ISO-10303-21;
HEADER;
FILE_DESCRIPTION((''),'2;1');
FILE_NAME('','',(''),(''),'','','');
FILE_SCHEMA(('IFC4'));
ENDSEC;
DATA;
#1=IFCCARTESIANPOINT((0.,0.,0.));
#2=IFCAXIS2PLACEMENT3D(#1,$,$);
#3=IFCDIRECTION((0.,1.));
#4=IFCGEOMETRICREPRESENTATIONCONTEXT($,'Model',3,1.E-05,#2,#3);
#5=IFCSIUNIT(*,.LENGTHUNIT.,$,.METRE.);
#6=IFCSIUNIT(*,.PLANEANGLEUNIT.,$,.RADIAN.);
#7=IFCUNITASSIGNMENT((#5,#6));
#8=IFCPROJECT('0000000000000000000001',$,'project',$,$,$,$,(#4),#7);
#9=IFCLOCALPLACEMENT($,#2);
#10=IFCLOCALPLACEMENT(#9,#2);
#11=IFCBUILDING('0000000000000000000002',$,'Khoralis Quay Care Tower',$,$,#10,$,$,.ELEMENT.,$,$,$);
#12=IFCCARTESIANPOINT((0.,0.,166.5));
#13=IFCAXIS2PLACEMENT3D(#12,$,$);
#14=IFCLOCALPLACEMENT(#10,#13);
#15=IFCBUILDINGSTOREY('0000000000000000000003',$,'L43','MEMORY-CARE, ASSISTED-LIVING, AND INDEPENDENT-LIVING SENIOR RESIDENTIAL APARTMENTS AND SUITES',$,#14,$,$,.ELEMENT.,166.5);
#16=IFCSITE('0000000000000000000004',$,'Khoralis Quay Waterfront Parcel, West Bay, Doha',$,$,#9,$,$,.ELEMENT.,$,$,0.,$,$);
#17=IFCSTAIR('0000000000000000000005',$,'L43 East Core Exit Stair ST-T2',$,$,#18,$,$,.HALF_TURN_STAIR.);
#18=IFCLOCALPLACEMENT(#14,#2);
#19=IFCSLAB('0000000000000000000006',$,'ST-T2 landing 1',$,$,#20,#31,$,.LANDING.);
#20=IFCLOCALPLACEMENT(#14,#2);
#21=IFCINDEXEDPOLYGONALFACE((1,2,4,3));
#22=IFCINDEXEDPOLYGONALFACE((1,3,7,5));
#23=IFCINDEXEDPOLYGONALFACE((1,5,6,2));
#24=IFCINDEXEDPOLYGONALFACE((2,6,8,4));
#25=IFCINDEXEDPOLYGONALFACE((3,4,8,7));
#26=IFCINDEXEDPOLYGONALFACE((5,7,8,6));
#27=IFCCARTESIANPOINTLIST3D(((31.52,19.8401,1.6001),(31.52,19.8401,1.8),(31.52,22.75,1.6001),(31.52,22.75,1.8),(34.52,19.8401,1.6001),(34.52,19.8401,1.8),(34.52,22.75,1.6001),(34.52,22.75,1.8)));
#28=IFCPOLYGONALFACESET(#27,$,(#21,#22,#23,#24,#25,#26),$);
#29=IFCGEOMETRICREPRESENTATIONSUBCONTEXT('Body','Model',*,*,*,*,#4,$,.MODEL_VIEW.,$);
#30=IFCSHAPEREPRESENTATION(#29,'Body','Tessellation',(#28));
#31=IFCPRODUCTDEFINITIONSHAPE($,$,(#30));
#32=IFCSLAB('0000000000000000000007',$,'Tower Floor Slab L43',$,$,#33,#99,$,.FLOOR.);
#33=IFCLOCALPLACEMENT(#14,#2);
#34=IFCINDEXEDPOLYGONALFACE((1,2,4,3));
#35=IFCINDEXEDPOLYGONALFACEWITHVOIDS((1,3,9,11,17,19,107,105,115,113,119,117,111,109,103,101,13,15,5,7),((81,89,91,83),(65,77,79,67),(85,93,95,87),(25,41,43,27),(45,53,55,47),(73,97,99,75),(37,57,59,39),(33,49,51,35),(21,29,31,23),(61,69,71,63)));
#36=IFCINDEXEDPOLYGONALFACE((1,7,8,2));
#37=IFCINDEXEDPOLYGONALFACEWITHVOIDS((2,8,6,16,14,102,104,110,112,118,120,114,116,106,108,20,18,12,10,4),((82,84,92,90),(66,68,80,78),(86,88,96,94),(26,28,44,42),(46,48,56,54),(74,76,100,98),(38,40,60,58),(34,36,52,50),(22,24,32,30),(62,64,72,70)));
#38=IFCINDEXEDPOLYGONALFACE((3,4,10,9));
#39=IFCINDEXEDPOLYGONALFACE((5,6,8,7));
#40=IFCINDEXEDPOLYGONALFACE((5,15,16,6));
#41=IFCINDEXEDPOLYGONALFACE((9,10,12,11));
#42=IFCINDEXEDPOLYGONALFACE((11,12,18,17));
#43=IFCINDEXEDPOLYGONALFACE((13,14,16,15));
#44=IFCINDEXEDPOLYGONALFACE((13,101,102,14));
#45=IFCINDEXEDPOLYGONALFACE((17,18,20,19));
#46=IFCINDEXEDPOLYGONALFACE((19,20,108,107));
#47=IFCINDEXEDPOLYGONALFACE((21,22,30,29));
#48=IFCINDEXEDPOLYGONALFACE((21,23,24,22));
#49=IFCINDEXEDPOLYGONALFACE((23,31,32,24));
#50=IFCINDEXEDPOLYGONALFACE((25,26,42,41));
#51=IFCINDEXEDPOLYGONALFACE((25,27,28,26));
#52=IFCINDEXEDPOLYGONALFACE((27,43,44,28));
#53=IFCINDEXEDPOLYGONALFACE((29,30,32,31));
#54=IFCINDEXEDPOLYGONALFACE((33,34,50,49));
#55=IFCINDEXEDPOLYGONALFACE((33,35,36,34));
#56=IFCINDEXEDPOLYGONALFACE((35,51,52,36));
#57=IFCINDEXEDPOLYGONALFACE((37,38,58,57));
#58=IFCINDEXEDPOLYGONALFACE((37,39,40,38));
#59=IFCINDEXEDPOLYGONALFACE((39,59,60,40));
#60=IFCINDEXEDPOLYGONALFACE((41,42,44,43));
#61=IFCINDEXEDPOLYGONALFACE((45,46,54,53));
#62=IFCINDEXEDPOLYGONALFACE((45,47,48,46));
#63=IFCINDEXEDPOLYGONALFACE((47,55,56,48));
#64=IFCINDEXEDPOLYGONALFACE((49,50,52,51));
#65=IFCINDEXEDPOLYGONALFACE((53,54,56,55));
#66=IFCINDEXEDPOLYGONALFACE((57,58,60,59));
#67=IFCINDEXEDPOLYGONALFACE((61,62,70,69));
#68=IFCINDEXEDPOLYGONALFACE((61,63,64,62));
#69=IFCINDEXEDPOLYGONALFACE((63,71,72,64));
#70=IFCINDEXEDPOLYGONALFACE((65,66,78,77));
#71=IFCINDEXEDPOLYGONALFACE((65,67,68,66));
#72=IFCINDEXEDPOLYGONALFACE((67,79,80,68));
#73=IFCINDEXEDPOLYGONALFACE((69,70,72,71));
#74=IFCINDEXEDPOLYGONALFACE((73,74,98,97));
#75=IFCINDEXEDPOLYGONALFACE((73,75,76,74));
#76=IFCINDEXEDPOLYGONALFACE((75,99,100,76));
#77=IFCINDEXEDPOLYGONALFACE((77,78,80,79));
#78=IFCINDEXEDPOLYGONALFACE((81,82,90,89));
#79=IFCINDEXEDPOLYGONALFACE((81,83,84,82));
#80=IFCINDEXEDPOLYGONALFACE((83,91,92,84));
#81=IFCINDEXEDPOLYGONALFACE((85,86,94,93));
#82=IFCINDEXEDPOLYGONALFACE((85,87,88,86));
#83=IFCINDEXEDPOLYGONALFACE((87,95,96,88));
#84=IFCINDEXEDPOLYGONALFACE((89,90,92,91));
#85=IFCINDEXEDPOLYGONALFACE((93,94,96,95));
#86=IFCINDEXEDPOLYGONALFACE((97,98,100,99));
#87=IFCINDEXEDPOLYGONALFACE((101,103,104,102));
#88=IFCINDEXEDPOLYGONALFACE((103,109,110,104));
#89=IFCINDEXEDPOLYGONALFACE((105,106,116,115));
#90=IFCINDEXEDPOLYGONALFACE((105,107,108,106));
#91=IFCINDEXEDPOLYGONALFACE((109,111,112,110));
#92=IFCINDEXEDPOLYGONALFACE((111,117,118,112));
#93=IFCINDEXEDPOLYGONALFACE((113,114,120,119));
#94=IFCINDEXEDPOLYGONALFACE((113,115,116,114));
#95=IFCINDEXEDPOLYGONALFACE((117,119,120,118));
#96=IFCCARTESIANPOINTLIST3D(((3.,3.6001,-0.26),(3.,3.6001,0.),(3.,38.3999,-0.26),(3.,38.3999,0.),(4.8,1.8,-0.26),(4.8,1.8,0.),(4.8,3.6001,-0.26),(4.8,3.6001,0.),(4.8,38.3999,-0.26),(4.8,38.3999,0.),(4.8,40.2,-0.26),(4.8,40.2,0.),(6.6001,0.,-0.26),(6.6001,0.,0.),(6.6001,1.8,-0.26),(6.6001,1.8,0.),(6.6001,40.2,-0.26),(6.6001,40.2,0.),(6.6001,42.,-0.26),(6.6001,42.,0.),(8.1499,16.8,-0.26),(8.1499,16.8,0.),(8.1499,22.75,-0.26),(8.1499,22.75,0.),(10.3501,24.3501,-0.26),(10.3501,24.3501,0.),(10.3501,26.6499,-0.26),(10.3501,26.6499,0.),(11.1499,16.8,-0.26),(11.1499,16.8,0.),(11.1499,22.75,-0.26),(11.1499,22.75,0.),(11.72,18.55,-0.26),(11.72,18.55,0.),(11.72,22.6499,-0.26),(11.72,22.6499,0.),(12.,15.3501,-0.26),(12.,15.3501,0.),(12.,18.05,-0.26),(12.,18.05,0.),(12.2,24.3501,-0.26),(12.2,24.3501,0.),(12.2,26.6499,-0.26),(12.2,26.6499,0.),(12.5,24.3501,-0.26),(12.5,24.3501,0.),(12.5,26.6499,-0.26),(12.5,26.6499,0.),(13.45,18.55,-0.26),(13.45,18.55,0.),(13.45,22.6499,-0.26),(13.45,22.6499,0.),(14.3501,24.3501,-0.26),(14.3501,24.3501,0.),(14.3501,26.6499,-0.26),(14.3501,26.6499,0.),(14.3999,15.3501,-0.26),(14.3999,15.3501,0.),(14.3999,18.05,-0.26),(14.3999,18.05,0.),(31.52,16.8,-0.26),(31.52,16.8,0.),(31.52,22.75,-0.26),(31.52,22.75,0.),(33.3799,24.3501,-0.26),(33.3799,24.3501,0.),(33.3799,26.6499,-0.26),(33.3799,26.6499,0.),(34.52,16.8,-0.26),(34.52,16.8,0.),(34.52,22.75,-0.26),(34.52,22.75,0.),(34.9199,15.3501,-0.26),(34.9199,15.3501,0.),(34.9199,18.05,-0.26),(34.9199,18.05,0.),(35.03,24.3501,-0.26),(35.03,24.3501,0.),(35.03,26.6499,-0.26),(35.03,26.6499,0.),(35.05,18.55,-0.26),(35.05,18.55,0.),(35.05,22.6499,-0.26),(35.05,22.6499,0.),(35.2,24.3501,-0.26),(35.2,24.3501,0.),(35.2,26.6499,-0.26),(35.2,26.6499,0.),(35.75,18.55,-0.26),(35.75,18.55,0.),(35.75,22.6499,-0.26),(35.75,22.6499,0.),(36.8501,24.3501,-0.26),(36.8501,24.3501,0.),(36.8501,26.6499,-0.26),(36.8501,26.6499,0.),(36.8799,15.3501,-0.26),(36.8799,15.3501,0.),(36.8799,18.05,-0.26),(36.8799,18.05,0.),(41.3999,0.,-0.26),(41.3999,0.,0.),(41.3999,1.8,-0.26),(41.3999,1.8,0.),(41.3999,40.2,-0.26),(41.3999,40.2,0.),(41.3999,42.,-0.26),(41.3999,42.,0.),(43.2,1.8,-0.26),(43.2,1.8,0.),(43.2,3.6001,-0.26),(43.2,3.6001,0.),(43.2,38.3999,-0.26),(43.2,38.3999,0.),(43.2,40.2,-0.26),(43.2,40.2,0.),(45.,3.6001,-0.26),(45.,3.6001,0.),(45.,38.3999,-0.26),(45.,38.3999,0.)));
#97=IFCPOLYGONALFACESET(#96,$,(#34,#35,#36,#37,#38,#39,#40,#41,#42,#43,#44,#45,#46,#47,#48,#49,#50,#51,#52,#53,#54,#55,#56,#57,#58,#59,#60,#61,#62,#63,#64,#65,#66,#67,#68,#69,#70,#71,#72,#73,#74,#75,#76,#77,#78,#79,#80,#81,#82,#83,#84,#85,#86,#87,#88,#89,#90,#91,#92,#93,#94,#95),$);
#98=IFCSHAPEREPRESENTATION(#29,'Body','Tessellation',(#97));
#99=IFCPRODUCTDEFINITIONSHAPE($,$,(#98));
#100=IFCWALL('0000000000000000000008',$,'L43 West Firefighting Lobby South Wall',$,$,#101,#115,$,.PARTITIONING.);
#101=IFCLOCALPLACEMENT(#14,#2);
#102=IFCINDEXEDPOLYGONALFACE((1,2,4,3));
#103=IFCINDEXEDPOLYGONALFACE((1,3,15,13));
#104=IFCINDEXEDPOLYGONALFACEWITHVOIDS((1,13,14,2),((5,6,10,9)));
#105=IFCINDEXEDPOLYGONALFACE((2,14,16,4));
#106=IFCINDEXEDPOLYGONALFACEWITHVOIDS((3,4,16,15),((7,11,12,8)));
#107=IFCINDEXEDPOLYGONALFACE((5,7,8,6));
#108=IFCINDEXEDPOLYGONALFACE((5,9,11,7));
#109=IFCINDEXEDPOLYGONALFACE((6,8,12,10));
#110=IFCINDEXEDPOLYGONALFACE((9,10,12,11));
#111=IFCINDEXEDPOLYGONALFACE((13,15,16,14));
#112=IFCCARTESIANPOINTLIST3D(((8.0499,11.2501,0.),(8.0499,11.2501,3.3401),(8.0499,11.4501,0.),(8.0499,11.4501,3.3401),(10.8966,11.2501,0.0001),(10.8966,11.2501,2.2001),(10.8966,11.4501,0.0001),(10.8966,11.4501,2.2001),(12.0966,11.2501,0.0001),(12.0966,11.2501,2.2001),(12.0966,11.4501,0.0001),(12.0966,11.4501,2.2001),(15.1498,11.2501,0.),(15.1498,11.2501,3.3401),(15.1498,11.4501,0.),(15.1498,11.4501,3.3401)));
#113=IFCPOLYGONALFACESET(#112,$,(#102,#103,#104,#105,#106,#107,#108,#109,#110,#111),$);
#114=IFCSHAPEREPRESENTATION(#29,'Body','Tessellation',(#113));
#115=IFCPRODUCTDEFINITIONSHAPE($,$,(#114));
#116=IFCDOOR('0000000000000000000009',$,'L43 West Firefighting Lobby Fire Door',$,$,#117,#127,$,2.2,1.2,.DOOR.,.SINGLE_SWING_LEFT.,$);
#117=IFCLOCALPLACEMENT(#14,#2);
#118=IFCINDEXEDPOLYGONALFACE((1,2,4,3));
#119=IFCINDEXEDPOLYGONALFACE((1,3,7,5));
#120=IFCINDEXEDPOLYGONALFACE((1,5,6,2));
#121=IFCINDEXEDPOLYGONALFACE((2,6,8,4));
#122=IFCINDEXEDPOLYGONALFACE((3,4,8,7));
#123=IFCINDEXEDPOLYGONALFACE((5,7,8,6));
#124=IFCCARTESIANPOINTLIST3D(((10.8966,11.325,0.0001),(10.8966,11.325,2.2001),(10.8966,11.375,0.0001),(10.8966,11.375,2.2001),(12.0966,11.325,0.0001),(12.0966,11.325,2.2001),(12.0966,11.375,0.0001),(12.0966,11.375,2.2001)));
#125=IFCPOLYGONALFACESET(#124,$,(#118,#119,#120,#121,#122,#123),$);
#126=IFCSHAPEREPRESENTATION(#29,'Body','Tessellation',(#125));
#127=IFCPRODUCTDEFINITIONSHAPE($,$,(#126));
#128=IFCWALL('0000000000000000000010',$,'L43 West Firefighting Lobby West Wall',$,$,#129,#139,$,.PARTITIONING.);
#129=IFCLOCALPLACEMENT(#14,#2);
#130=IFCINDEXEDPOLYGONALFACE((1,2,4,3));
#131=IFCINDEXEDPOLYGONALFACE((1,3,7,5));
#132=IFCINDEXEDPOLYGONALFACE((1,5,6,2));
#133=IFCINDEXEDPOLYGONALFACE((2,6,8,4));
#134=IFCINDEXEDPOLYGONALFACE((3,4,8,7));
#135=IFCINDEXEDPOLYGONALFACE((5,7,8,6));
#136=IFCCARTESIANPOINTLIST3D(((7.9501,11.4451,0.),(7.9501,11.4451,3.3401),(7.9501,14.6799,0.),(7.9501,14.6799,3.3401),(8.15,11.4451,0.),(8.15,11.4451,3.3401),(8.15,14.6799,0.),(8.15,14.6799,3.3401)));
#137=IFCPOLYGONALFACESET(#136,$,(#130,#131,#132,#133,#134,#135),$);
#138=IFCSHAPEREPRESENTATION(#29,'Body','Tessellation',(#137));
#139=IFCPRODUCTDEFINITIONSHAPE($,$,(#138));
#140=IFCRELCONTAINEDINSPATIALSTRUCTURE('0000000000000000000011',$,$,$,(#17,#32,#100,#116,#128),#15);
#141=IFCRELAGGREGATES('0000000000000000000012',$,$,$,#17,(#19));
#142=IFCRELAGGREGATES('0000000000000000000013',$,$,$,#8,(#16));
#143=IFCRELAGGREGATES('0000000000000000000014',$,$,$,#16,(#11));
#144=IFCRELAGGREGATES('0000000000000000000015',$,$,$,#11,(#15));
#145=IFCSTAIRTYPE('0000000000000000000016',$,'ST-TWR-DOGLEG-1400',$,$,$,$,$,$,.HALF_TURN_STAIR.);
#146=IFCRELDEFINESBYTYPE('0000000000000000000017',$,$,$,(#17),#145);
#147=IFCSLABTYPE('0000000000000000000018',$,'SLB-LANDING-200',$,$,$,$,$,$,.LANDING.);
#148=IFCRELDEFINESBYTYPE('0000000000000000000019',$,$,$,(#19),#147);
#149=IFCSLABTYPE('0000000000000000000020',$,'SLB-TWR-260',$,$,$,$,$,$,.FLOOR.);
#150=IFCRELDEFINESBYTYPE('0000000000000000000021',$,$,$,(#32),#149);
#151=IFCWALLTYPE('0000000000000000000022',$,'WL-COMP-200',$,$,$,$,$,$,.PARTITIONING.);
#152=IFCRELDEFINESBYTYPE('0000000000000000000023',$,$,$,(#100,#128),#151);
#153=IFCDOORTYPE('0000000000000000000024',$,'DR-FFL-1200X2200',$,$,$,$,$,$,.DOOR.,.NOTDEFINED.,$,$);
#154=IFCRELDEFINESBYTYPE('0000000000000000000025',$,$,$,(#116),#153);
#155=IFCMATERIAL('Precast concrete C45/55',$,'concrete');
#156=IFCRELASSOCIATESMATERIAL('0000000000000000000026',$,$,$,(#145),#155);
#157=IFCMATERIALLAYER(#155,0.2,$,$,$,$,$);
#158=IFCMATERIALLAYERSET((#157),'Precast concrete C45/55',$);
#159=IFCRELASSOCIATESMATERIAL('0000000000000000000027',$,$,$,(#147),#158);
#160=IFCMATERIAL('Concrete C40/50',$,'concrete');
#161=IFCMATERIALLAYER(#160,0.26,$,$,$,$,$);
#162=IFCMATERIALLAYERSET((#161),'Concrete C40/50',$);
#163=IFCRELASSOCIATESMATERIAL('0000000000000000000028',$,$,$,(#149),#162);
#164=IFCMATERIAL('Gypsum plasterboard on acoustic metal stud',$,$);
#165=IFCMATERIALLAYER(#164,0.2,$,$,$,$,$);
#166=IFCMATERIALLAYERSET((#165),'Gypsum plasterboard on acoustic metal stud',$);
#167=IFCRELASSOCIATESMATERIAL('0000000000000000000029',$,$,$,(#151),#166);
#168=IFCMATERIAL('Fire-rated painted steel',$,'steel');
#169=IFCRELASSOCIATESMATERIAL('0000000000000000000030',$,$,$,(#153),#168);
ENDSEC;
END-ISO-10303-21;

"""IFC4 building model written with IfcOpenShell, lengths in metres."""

from ifc_helpers import new_model, si_unit, direction, frame, frame_2d, origin, place, context, subcontext, project, spatial, polyline, rectangle, outline, extrude, source, transform, mapped, material, layer, layer_set, type_object, element, fill, aggregate, save


model = new_model("IFC4")

# Units and contexts
model_context = context("Model", 3, precision=1e-05, world=origin(), true_north=direction((0.0, 1.0)))
body_context = subcontext(model_context, "Body", "Model", "MODEL_VIEW")
ifc_project = project(units=[si_unit("LENGTHUNIT", "METRE"), si_unit("PLANEANGLEUNIT", "RADIAN")], contexts=[model_context])

# Site, building, storey
site_placement = place(None, origin())
site = spatial("IfcSite", under=ifc_project, at=site_placement, Name="Khoralis Quay Waterfront Parcel, West Bay, Doha", CompositionType="ELEMENT", RefElevation=0.0)
building_placement = place(site_placement, origin())
building = spatial("IfcBuilding", under=site, at=building_placement, Name="Khoralis Quay Care Tower", CompositionType="ELEMENT")
storey_placement = place(building_placement, frame((0.0, 0.0, 166.5)))
storey = spatial("IfcBuildingStorey", under=building, at=storey_placement, Name="L43", Description="MEMORY-CARE, ASSISTED-LIVING, AND INDEPENDENT-LIVING SENIOR RESIDENTIAL APARTMENTS AND SUITES", CompositionType="ELEMENT", Elevation=166.5)

# Stair, slab
ifc_material_1 = material(Name="Precast concrete C45/55", Category="concrete")
stair_type = type_object("IfcStairType", Name="ST-TWR-DOGLEG-1400", PredefinedType="HALF_TURN_STAIR", material=ifc_material_1)
ifc_layer_1 = layer(ifc_material_1, 0.2)
ifc_layer_set_1 = layer_set([ifc_layer_1], Name="Precast concrete C45/55")
slab_type_1 = type_object("IfcSlabType", Name="SLB-LANDING-200", PredefinedType="LANDING", material=ifc_layer_set_1)
stair_1_placement = place(storey_placement, origin())
stair_1 = element("IfcStair", 1, at=stair_1_placement, inside=storey, type_object=stair_type, Name="L43 East Core Exit Stair ST-T2", PredefinedType="HALF_TURN_STAIR")
slab_1_placement = place(storey_placement, frame((0.0, 0.0, 1.6001)))
slab_1 = element("IfcSlab", 2, at=slab_1_placement, type_object=slab_type_1, Name="ST-T2 landing 1", PredefinedType="LANDING", context=body_context, shape_type="SweptSolid", body=[
    extrude(outline(polyline([(34.52, 19.8401), (34.52, 22.75), (31.52, 22.75), (31.52, 19.8401), (34.52, 19.8401)])), origin(), (0.0, 0.0, 1.0), 0.2),
])
aggregate(stair_1, [slab_1])

# Slab
ifc_material_2 = material(Name="Concrete C40/50", Category="concrete")
ifc_layer_2 = layer(ifc_material_2, 0.26)
ifc_layer_set_2 = layer_set([ifc_layer_2], Name="Concrete C40/50")
slab_type_2 = type_object("IfcSlabType", Name="SLB-TWR-260", PredefinedType="FLOOR", material=ifc_layer_set_2)
slab_2_placement = place(storey_placement, frame((0.0, 0.0, -0.26)))
element("IfcSlab", 3, at=slab_2_placement, inside=storey, type_object=slab_type_2, Name="Tower Floor Slab L43", PredefinedType="FLOOR", context=body_context, shape_type="SweptSolid", body=[
    extrude(outline(polyline([(6.6001, 0.0), (41.3999, 0.0), (41.3999, 1.8), (43.2, 1.8), (43.2, 3.6001), (45.0, 3.6001), (45.0, 38.3999), (43.2, 38.3999), (43.2, 40.2), (41.3999, 40.2), (41.3999, 42.0), (6.6001, 42.0), (6.6001, 40.2), (4.8, 40.2), (4.8, 38.3999), (3.0, 38.3999), (3.0, 3.6001), (4.8, 3.6001), (4.8, 1.8), (6.6001, 1.8), (6.6001, 0.0)]), holes=[polyline([(11.1499, 16.8), (11.1499, 22.75), (8.1499, 22.75), (8.1499, 16.8), (11.1499, 16.8)]), polyline([(34.52, 16.8), (34.52, 22.75), (31.52, 22.75), (31.52, 16.8), (34.52, 16.8)]), polyline([(12.0, 15.3501), (14.3999, 15.3501), (14.3999, 18.05), (12.0, 18.05), (12.0, 15.3501)]), polyline([(34.9199, 15.3501), (36.8799, 15.3501), (36.8799, 18.05), (34.9199, 18.05), (34.9199, 15.3501)]), polyline([(10.3501, 24.3501), (12.2, 24.3501), (12.2, 26.6499), (10.3501, 26.6499), (10.3501, 24.3501)]), polyline([(33.3799, 24.3501), (35.03, 24.3501), (35.03, 26.6499), (33.3799, 26.6499), (33.3799, 24.3501)]), polyline([(12.5, 24.3501), (14.3501, 24.3501), (14.3501, 26.6499), (12.5, 26.6499), (12.5, 24.3501)]), polyline([(35.2, 24.3501), (36.8501, 24.3501), (36.8501, 26.6499), (35.2, 26.6499), (35.2, 24.3501)]), polyline([(11.72, 18.55), (13.45, 18.55), (13.45, 22.6499), (11.72, 22.6499), (11.72, 18.55)]), polyline([(35.05, 18.55), (35.75, 18.55), (35.75, 22.6499), (35.05, 22.6499), (35.05, 18.55)])]), origin(), (0.0, 0.0, 1.0), 0.26),
])

# Wall, opening, door
ifc_material_3 = material(Name="Gypsum plasterboard on acoustic metal stud")
ifc_layer_3 = layer(ifc_material_3, 0.2)
ifc_layer_set_3 = layer_set([ifc_layer_3], Name="Gypsum plasterboard on acoustic metal stud")
wall_type_1 = type_object("IfcWallType", Name="WL-COMP-200", PredefinedType="PARTITIONING", material=ifc_layer_set_3)
wall_1_placement = place(storey_placement, frame((8.05, 11.3501, 0.0), z_axis=(0.0, 0.0, 1.0), x_axis=(1.0, 0.0, 0.0)))
wall_1 = element("IfcWall", 4, at=wall_1_placement, inside=storey, type_object=wall_type_1, Name="L43 West Firefighting Lobby South Wall", PredefinedType="PARTITIONING", context=body_context, shape_type="SweptSolid", body=[
    extrude(rectangle(XDim=7.0999, YDim=0.2, at=frame_2d((3.5498, 0.0))), origin(), (0.0, 0.0, 1.0), 3.3401),
])
opening_1_placement = place(wall_1_placement, frame((2.8464, 0.0, 0.0)))
opening_1 = element("IfcOpeningElement", 5, at=opening_1_placement, cuts=wall_1, PredefinedType="OPENING", context=body_context, shape_type="SweptSolid", body=[
    extrude(rectangle(XDim=1.2, YDim=2.2, at=frame_2d((0.6001, 1.1001))), frame((0.0, 0.1099, 0.0), z_axis=(0.0, -1.0, 0.0), x_axis=(1.0, 0.0, 0.0)), (0.0, 0.0, 1.0), 0.22),
])
ifc_material_4 = material(Name="Fire-rated painted steel", Category="steel")
door_type_1 = type_object("IfcDoorType", Name="DR-FFL-1200X2200", OperationType="NOTDEFINED", PredefinedType="DOOR", material=ifc_material_4)
shared_shape_1 = source(origin(), body_context, "Body", "SweptSolid", [
    extrude(rectangle(XDim=1.2, YDim=2.2, at=frame_2d((0.6001, 1.1001))), frame((0.0, 0.0249, 0.0), z_axis=(0.0, -1.0, 0.0), x_axis=(1.0, 0.0, 0.0)), (0.0, 0.0, 1.0), 0.05),
])
door_1_placement = place(opening_1_placement, origin())
door_1 = element("IfcDoor", 6, at=door_1_placement, inside=storey, type_object=door_type_1, Name="L43 West Firefighting Lobby Fire Door", OperationType="SINGLE_SWING_LEFT", OverallHeight=2.2, OverallWidth=1.2, PredefinedType="DOOR", context=body_context, shape_type="MappedRepresentation", body=[
    mapped(shared_shape_1, transform((0.0, 0.0, 0.0), scale=1.0)),
])
fill(opening_1, door_1)

# Wall
wall_2_placement = place(storey_placement, frame((8.05, 11.4451, 0.0), z_axis=(0.0, 0.0, 1.0), x_axis=(0.0, 1.0, 0.0)))
element("IfcWall", 7, at=wall_2_placement, inside=storey, type_object=wall_type_1, Name="L43 West Firefighting Lobby West Wall", PredefinedType="PARTITIONING", context=body_context, shape_type="SweptSolid", body=[
    extrude(rectangle(XDim=3.2349, YDim=0.2, at=frame_2d((1.6174, 0.0))), origin(), (0.0, 0.0, 1.0), 3.3401),
])

save(model, "model.ifc")
